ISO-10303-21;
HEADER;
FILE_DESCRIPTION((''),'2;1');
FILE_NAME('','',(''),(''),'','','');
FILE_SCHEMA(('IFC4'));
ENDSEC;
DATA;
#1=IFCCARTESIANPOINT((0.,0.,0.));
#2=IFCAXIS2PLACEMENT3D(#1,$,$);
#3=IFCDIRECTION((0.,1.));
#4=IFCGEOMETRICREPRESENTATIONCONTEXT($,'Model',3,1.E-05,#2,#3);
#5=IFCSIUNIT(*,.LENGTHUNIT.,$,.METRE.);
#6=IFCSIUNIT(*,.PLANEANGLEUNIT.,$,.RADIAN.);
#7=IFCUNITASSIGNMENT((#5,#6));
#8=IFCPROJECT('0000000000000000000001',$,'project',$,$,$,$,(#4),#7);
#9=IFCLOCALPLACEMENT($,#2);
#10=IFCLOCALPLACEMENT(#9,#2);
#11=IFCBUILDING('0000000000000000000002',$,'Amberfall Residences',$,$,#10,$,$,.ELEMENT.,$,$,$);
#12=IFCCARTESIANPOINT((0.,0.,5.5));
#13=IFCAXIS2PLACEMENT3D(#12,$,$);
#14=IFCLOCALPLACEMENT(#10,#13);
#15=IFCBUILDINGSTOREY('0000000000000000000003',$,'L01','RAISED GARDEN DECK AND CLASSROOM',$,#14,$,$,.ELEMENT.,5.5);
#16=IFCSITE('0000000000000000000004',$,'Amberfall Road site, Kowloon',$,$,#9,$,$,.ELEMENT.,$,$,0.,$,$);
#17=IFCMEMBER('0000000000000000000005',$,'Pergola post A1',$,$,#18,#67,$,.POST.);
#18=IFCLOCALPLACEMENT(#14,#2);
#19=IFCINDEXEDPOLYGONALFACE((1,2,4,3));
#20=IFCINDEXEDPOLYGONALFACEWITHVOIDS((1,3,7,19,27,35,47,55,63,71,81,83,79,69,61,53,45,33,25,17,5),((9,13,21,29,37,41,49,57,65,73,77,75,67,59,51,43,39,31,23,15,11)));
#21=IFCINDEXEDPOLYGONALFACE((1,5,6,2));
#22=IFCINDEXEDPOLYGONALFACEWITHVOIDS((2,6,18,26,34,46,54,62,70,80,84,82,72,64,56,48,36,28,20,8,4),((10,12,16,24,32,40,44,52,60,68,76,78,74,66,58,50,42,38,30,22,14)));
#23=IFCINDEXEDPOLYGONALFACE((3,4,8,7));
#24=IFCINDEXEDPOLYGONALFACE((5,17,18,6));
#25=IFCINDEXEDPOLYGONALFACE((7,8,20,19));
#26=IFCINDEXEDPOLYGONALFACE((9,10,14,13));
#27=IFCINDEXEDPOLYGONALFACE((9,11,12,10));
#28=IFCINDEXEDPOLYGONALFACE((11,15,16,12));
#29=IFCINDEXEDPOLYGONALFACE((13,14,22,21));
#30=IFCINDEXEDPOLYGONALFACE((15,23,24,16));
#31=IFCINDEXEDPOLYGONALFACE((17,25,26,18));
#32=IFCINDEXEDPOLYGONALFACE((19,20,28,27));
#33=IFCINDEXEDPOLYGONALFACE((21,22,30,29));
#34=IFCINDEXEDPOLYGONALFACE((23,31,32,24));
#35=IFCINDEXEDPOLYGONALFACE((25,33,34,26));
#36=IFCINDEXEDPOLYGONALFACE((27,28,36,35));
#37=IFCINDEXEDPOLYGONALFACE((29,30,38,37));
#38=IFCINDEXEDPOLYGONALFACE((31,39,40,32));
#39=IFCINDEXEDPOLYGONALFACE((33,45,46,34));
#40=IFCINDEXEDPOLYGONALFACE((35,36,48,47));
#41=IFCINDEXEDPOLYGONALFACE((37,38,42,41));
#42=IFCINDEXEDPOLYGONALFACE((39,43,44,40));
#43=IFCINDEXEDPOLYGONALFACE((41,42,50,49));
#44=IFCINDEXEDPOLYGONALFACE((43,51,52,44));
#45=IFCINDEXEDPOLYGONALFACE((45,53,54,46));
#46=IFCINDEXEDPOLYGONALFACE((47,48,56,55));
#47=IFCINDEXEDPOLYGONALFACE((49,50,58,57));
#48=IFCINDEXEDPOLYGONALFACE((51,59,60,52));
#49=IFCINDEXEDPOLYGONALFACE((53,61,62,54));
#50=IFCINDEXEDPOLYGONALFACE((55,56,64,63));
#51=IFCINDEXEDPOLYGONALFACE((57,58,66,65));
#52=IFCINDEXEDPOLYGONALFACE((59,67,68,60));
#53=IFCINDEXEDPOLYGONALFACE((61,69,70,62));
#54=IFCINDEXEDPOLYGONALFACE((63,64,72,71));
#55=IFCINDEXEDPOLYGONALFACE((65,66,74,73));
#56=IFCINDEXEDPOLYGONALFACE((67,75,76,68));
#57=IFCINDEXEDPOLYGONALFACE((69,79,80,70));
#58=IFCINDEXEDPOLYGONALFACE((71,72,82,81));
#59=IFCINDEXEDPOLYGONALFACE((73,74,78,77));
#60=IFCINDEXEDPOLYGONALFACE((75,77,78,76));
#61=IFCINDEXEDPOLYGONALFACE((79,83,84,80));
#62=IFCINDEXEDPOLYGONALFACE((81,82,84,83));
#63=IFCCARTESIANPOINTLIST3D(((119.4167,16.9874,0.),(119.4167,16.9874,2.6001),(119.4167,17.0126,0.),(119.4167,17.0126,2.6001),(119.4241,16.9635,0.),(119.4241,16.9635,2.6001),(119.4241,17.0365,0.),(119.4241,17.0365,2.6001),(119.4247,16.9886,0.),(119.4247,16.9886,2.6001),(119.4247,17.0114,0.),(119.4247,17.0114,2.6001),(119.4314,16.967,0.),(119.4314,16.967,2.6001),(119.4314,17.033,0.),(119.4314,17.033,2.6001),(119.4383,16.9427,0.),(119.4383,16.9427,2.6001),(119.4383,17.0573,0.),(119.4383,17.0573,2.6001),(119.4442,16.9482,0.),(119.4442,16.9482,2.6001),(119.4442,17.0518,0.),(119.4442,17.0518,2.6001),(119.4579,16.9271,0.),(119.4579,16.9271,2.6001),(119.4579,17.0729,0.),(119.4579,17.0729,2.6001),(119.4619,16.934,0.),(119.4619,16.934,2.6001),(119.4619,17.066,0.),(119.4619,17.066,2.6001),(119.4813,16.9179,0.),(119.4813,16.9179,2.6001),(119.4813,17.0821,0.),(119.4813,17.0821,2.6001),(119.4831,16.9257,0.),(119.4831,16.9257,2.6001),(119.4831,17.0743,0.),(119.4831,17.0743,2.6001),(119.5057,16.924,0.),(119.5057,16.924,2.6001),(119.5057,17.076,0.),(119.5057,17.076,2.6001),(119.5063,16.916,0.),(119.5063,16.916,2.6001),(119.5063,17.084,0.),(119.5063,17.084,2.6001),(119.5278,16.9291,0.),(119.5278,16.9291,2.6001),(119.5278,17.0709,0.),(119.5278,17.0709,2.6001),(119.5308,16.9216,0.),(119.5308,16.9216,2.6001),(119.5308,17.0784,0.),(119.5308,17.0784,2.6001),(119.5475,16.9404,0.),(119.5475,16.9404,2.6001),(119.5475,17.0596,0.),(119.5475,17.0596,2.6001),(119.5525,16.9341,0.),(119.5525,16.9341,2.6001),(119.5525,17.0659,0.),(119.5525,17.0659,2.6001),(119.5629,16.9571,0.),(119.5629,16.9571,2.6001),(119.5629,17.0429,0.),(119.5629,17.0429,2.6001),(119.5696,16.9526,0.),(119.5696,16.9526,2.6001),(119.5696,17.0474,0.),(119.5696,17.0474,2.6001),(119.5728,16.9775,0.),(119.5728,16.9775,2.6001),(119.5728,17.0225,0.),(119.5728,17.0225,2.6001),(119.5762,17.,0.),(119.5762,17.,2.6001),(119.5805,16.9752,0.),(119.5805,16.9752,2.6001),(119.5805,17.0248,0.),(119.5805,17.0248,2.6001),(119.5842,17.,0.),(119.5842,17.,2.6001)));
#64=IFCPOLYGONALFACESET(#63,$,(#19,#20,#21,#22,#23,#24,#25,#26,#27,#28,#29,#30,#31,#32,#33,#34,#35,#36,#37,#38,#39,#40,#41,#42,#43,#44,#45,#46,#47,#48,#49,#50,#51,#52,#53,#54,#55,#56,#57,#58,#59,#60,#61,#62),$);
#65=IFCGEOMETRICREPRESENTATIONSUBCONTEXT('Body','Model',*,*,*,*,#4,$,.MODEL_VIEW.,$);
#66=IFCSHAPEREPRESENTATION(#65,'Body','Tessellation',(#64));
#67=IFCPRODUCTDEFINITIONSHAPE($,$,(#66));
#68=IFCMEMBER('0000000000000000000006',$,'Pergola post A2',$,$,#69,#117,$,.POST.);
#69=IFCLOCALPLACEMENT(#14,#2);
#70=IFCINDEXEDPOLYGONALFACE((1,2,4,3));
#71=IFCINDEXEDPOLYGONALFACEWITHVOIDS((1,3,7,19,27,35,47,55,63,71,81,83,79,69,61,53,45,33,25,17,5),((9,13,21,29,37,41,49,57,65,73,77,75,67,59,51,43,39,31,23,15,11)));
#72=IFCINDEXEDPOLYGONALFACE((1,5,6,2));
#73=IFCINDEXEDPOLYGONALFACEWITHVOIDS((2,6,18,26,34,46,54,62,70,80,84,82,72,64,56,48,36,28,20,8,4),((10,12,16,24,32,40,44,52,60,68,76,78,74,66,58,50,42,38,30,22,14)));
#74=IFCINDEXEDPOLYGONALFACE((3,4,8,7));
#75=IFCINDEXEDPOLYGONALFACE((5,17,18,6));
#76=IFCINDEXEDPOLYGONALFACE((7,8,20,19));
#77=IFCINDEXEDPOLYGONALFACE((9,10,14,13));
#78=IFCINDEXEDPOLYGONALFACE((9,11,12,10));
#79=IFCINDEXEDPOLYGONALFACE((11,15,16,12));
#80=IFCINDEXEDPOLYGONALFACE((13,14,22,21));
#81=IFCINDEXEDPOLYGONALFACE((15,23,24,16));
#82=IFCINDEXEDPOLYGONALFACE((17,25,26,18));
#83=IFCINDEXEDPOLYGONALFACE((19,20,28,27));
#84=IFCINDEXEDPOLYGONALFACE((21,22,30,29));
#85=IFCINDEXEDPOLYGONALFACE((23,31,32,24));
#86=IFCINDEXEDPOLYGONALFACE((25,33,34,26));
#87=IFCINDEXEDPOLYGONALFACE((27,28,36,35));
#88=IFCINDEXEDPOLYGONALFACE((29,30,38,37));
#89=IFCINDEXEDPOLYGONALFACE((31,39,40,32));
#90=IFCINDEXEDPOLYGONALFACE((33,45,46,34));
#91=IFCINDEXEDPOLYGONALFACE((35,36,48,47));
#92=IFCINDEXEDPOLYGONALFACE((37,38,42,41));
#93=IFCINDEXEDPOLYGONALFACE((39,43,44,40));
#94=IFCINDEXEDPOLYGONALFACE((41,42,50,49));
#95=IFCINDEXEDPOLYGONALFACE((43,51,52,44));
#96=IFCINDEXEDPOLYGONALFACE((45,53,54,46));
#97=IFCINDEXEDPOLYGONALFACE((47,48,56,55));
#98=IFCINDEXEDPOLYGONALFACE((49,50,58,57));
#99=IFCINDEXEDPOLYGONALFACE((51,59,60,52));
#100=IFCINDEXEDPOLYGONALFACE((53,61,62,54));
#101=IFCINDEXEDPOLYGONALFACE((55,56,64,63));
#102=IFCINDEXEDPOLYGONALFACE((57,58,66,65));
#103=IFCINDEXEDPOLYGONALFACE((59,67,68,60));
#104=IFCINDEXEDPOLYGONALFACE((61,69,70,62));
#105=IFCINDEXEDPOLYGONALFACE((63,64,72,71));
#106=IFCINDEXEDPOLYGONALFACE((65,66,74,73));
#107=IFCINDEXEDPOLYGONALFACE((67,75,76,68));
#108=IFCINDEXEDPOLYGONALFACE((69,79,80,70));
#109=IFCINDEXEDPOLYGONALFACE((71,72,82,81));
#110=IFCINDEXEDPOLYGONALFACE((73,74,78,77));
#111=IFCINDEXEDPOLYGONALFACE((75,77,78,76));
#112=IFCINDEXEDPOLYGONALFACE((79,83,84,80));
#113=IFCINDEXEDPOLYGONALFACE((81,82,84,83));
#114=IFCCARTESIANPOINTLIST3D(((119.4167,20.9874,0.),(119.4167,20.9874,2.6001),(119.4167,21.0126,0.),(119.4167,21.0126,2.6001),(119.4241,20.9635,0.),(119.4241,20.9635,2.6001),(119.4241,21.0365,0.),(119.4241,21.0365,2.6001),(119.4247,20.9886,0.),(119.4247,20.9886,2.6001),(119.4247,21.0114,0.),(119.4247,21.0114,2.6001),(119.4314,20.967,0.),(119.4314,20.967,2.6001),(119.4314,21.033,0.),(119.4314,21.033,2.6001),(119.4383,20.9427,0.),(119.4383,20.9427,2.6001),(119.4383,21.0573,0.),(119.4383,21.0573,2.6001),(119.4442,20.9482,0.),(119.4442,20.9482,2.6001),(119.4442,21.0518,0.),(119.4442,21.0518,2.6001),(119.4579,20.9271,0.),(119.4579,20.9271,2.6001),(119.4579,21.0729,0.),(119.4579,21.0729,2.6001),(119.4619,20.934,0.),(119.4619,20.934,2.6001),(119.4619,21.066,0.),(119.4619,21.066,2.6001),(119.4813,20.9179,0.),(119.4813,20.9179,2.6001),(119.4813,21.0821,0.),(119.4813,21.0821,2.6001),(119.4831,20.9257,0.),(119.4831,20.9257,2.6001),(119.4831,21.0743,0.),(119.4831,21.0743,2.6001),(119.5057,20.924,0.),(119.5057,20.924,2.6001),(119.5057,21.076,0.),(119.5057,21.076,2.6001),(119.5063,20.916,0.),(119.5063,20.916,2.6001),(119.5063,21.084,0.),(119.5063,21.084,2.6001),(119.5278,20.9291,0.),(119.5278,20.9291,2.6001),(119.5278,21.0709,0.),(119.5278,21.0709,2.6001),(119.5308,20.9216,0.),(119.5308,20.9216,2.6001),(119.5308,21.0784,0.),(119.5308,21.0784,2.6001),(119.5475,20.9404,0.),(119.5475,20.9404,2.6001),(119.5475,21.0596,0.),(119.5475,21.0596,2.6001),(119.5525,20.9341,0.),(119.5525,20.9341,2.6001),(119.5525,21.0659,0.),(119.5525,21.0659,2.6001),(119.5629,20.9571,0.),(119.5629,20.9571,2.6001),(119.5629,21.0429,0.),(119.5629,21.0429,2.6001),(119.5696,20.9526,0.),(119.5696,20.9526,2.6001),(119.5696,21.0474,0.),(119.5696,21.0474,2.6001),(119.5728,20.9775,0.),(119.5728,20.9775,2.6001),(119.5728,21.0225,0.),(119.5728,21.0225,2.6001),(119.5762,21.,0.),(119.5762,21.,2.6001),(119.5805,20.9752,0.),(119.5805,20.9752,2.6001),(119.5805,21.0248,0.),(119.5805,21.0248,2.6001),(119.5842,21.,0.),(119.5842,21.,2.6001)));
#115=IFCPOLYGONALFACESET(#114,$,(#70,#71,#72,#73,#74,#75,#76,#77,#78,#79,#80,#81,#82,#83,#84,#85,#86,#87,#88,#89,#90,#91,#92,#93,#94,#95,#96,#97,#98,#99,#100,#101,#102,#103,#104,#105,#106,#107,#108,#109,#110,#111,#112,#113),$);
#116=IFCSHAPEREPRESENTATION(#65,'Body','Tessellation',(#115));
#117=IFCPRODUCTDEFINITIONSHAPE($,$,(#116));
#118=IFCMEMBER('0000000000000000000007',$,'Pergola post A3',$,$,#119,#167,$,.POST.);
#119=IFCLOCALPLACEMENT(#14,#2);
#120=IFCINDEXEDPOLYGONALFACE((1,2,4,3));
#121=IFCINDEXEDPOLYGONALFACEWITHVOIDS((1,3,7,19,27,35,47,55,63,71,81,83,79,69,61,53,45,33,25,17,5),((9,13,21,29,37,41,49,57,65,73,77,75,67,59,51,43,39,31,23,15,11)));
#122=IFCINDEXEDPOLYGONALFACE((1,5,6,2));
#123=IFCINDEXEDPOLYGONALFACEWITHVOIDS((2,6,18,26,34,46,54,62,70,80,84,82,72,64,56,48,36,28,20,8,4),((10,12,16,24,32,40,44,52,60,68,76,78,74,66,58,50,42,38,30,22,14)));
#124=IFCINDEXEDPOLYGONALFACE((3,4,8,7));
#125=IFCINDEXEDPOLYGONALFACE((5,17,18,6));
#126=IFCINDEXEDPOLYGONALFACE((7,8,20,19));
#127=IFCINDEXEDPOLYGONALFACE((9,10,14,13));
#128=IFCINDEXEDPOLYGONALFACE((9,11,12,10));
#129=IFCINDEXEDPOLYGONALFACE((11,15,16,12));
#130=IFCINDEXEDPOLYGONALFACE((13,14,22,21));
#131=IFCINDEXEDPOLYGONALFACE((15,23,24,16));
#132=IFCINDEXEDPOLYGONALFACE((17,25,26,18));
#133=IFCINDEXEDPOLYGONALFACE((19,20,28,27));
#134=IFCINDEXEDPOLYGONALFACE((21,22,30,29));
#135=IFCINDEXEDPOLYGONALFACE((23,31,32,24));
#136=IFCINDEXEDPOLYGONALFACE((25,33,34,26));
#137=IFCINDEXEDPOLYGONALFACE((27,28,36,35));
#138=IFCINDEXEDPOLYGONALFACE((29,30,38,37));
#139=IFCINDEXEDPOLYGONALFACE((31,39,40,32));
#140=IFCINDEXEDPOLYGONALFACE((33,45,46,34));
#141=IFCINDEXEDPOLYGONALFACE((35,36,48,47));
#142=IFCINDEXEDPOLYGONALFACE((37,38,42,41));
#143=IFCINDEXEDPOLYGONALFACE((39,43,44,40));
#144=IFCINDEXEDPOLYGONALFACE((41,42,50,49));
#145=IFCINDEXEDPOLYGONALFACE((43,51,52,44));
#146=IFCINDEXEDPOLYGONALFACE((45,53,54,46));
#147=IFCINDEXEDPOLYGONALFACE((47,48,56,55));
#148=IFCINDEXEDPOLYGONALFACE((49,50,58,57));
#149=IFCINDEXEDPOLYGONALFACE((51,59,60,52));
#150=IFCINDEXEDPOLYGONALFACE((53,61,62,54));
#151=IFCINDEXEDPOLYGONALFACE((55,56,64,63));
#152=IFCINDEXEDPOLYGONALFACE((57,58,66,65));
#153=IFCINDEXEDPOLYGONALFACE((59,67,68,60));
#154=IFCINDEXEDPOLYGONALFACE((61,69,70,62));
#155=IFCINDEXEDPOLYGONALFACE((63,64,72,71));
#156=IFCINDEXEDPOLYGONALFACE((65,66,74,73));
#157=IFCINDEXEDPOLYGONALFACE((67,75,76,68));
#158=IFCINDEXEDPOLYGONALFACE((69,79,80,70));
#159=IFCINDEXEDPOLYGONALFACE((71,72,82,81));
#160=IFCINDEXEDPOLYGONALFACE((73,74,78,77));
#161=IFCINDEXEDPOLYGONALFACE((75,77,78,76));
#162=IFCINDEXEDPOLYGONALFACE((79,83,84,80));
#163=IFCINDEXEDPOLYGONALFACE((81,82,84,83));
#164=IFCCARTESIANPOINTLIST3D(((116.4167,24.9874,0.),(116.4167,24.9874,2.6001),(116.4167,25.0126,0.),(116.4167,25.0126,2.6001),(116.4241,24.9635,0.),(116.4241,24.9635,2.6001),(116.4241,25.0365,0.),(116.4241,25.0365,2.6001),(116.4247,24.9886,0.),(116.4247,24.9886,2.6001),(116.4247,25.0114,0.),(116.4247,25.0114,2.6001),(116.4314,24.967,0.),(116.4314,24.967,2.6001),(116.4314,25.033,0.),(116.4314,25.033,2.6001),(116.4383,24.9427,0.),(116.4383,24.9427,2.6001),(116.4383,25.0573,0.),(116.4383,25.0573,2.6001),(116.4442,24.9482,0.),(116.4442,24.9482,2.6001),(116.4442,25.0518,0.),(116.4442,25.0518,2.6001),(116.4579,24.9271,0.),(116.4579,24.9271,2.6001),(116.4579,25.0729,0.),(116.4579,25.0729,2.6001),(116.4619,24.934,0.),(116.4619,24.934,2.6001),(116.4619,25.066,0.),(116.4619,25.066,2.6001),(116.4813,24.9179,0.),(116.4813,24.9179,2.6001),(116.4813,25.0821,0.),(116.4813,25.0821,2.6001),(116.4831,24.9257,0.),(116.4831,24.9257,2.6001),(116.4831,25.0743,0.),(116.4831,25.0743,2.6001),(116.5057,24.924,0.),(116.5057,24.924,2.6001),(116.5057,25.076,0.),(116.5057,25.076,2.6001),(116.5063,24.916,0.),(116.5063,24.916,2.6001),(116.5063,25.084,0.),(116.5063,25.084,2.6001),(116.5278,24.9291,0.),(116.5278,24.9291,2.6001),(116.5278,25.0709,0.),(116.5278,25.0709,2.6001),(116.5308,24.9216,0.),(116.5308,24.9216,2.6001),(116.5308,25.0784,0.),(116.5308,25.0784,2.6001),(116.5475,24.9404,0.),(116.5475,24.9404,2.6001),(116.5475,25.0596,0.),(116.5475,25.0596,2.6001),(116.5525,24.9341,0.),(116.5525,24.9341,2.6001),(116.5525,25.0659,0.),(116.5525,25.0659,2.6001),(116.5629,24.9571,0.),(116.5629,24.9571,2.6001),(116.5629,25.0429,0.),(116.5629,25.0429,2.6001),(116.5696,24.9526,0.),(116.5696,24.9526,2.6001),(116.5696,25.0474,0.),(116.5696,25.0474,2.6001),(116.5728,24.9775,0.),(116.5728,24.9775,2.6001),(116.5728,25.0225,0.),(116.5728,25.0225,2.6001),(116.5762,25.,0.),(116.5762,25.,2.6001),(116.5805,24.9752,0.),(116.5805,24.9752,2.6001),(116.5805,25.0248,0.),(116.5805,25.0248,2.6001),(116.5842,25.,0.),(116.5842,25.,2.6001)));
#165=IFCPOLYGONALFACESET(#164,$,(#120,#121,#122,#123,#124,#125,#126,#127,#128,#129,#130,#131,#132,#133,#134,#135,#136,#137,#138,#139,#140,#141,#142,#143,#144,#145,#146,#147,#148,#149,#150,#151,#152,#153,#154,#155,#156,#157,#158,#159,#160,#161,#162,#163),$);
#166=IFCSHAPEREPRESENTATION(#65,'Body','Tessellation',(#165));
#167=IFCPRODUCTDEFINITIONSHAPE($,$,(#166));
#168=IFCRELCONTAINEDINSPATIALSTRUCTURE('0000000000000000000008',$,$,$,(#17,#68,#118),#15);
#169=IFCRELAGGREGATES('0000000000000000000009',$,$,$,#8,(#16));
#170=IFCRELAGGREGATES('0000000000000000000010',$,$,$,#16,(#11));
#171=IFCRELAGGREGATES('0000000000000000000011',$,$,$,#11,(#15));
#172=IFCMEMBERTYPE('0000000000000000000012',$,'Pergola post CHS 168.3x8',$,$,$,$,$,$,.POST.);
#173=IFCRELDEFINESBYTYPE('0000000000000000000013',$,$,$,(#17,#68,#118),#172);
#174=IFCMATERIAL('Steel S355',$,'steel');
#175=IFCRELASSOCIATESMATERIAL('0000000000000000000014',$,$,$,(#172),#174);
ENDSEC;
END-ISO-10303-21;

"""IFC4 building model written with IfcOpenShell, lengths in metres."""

from ifc_helpers import new_model, si_unit, direction, frame, origin, origin_2d, place, context, subcontext, project, spatial, hollow_circle, extrude, material, material_profile, profile_set, type_object, element, save


model = new_model("IFC4")

# Units and contexts
model_context = context("Model", 3, precision=1e-05, world=origin(), true_north=direction((0.0, 1.0)))
body_context = subcontext(model_context, "Body", "Model", "MODEL_VIEW")
ifc_project = project(units=[si_unit("LENGTHUNIT", "METRE"), si_unit("PLANEANGLEUNIT", "RADIAN")], contexts=[model_context])

# Site, building, storey
site_placement = place(None, origin())
site = spatial("IfcSite", under=ifc_project, at=site_placement, Name="Amberfall Road site, Kowloon", CompositionType="ELEMENT", RefElevation=0.0)
building_placement = place(site_placement, origin())
building = spatial("IfcBuilding", under=site, at=building_placement, Name="Amberfall Residences", CompositionType="ELEMENT")
storey_placement = place(building_placement, frame((0.0, 0.0, 5.5)))
storey = spatial("IfcBuildingStorey", under=building, at=storey_placement, Name="L01", Description="RAISED GARDEN DECK AND CLASSROOM", CompositionType="ELEMENT", Elevation=5.5)

# Members
ifc_material_1 = material(Name="Steel S355", Category="steel")
ifc_material_profile_1 = material_profile(ifc_material_1, hollow_circle(Radius=0.0842, WallThickness=0.0081, at=origin_2d()), Name="CHS 168.3x8")
ifc_profile_set_1 = profile_set([ifc_material_profile_1], Name="Steel S355")
member_type_1 = type_object("IfcMemberType", Name="Pergola post CHS 168.3x8", PredefinedType="POST", material=ifc_profile_set_1)
for number, where, z_axis, x_axis, name in (
    (1, (119.5, 17.0, 0.0), (0.0, 0.0, 1.0), (1.0, 0.0, 0.0), "Pergola post A1"),
    (2, (119.5, 21.0, 0.0), (0.0, 0.0, 1.0), (1.0, 0.0, 0.0), "Pergola post A2"),
    (3, (116.5, 25.0, 0.0), (0.0, 0.0, 1.0), (1.0, 0.0, 0.0), "Pergola post A3"),
):
    element("IfcMember", number, at=place(storey_placement, frame(where, z_axis=z_axis, x_axis=x_axis)), inside=storey, type_object=member_type_1, Name=name, PredefinedType="POST", context=body_context, shape_type="SweptSolid", body=[
        extrude(hollow_circle(Radius=0.0842, WallThickness=0.0081, at=origin_2d()), origin(), (0.0, 0.0, 1.0), 2.6001),
    ])

save(model, "model.ifc")
